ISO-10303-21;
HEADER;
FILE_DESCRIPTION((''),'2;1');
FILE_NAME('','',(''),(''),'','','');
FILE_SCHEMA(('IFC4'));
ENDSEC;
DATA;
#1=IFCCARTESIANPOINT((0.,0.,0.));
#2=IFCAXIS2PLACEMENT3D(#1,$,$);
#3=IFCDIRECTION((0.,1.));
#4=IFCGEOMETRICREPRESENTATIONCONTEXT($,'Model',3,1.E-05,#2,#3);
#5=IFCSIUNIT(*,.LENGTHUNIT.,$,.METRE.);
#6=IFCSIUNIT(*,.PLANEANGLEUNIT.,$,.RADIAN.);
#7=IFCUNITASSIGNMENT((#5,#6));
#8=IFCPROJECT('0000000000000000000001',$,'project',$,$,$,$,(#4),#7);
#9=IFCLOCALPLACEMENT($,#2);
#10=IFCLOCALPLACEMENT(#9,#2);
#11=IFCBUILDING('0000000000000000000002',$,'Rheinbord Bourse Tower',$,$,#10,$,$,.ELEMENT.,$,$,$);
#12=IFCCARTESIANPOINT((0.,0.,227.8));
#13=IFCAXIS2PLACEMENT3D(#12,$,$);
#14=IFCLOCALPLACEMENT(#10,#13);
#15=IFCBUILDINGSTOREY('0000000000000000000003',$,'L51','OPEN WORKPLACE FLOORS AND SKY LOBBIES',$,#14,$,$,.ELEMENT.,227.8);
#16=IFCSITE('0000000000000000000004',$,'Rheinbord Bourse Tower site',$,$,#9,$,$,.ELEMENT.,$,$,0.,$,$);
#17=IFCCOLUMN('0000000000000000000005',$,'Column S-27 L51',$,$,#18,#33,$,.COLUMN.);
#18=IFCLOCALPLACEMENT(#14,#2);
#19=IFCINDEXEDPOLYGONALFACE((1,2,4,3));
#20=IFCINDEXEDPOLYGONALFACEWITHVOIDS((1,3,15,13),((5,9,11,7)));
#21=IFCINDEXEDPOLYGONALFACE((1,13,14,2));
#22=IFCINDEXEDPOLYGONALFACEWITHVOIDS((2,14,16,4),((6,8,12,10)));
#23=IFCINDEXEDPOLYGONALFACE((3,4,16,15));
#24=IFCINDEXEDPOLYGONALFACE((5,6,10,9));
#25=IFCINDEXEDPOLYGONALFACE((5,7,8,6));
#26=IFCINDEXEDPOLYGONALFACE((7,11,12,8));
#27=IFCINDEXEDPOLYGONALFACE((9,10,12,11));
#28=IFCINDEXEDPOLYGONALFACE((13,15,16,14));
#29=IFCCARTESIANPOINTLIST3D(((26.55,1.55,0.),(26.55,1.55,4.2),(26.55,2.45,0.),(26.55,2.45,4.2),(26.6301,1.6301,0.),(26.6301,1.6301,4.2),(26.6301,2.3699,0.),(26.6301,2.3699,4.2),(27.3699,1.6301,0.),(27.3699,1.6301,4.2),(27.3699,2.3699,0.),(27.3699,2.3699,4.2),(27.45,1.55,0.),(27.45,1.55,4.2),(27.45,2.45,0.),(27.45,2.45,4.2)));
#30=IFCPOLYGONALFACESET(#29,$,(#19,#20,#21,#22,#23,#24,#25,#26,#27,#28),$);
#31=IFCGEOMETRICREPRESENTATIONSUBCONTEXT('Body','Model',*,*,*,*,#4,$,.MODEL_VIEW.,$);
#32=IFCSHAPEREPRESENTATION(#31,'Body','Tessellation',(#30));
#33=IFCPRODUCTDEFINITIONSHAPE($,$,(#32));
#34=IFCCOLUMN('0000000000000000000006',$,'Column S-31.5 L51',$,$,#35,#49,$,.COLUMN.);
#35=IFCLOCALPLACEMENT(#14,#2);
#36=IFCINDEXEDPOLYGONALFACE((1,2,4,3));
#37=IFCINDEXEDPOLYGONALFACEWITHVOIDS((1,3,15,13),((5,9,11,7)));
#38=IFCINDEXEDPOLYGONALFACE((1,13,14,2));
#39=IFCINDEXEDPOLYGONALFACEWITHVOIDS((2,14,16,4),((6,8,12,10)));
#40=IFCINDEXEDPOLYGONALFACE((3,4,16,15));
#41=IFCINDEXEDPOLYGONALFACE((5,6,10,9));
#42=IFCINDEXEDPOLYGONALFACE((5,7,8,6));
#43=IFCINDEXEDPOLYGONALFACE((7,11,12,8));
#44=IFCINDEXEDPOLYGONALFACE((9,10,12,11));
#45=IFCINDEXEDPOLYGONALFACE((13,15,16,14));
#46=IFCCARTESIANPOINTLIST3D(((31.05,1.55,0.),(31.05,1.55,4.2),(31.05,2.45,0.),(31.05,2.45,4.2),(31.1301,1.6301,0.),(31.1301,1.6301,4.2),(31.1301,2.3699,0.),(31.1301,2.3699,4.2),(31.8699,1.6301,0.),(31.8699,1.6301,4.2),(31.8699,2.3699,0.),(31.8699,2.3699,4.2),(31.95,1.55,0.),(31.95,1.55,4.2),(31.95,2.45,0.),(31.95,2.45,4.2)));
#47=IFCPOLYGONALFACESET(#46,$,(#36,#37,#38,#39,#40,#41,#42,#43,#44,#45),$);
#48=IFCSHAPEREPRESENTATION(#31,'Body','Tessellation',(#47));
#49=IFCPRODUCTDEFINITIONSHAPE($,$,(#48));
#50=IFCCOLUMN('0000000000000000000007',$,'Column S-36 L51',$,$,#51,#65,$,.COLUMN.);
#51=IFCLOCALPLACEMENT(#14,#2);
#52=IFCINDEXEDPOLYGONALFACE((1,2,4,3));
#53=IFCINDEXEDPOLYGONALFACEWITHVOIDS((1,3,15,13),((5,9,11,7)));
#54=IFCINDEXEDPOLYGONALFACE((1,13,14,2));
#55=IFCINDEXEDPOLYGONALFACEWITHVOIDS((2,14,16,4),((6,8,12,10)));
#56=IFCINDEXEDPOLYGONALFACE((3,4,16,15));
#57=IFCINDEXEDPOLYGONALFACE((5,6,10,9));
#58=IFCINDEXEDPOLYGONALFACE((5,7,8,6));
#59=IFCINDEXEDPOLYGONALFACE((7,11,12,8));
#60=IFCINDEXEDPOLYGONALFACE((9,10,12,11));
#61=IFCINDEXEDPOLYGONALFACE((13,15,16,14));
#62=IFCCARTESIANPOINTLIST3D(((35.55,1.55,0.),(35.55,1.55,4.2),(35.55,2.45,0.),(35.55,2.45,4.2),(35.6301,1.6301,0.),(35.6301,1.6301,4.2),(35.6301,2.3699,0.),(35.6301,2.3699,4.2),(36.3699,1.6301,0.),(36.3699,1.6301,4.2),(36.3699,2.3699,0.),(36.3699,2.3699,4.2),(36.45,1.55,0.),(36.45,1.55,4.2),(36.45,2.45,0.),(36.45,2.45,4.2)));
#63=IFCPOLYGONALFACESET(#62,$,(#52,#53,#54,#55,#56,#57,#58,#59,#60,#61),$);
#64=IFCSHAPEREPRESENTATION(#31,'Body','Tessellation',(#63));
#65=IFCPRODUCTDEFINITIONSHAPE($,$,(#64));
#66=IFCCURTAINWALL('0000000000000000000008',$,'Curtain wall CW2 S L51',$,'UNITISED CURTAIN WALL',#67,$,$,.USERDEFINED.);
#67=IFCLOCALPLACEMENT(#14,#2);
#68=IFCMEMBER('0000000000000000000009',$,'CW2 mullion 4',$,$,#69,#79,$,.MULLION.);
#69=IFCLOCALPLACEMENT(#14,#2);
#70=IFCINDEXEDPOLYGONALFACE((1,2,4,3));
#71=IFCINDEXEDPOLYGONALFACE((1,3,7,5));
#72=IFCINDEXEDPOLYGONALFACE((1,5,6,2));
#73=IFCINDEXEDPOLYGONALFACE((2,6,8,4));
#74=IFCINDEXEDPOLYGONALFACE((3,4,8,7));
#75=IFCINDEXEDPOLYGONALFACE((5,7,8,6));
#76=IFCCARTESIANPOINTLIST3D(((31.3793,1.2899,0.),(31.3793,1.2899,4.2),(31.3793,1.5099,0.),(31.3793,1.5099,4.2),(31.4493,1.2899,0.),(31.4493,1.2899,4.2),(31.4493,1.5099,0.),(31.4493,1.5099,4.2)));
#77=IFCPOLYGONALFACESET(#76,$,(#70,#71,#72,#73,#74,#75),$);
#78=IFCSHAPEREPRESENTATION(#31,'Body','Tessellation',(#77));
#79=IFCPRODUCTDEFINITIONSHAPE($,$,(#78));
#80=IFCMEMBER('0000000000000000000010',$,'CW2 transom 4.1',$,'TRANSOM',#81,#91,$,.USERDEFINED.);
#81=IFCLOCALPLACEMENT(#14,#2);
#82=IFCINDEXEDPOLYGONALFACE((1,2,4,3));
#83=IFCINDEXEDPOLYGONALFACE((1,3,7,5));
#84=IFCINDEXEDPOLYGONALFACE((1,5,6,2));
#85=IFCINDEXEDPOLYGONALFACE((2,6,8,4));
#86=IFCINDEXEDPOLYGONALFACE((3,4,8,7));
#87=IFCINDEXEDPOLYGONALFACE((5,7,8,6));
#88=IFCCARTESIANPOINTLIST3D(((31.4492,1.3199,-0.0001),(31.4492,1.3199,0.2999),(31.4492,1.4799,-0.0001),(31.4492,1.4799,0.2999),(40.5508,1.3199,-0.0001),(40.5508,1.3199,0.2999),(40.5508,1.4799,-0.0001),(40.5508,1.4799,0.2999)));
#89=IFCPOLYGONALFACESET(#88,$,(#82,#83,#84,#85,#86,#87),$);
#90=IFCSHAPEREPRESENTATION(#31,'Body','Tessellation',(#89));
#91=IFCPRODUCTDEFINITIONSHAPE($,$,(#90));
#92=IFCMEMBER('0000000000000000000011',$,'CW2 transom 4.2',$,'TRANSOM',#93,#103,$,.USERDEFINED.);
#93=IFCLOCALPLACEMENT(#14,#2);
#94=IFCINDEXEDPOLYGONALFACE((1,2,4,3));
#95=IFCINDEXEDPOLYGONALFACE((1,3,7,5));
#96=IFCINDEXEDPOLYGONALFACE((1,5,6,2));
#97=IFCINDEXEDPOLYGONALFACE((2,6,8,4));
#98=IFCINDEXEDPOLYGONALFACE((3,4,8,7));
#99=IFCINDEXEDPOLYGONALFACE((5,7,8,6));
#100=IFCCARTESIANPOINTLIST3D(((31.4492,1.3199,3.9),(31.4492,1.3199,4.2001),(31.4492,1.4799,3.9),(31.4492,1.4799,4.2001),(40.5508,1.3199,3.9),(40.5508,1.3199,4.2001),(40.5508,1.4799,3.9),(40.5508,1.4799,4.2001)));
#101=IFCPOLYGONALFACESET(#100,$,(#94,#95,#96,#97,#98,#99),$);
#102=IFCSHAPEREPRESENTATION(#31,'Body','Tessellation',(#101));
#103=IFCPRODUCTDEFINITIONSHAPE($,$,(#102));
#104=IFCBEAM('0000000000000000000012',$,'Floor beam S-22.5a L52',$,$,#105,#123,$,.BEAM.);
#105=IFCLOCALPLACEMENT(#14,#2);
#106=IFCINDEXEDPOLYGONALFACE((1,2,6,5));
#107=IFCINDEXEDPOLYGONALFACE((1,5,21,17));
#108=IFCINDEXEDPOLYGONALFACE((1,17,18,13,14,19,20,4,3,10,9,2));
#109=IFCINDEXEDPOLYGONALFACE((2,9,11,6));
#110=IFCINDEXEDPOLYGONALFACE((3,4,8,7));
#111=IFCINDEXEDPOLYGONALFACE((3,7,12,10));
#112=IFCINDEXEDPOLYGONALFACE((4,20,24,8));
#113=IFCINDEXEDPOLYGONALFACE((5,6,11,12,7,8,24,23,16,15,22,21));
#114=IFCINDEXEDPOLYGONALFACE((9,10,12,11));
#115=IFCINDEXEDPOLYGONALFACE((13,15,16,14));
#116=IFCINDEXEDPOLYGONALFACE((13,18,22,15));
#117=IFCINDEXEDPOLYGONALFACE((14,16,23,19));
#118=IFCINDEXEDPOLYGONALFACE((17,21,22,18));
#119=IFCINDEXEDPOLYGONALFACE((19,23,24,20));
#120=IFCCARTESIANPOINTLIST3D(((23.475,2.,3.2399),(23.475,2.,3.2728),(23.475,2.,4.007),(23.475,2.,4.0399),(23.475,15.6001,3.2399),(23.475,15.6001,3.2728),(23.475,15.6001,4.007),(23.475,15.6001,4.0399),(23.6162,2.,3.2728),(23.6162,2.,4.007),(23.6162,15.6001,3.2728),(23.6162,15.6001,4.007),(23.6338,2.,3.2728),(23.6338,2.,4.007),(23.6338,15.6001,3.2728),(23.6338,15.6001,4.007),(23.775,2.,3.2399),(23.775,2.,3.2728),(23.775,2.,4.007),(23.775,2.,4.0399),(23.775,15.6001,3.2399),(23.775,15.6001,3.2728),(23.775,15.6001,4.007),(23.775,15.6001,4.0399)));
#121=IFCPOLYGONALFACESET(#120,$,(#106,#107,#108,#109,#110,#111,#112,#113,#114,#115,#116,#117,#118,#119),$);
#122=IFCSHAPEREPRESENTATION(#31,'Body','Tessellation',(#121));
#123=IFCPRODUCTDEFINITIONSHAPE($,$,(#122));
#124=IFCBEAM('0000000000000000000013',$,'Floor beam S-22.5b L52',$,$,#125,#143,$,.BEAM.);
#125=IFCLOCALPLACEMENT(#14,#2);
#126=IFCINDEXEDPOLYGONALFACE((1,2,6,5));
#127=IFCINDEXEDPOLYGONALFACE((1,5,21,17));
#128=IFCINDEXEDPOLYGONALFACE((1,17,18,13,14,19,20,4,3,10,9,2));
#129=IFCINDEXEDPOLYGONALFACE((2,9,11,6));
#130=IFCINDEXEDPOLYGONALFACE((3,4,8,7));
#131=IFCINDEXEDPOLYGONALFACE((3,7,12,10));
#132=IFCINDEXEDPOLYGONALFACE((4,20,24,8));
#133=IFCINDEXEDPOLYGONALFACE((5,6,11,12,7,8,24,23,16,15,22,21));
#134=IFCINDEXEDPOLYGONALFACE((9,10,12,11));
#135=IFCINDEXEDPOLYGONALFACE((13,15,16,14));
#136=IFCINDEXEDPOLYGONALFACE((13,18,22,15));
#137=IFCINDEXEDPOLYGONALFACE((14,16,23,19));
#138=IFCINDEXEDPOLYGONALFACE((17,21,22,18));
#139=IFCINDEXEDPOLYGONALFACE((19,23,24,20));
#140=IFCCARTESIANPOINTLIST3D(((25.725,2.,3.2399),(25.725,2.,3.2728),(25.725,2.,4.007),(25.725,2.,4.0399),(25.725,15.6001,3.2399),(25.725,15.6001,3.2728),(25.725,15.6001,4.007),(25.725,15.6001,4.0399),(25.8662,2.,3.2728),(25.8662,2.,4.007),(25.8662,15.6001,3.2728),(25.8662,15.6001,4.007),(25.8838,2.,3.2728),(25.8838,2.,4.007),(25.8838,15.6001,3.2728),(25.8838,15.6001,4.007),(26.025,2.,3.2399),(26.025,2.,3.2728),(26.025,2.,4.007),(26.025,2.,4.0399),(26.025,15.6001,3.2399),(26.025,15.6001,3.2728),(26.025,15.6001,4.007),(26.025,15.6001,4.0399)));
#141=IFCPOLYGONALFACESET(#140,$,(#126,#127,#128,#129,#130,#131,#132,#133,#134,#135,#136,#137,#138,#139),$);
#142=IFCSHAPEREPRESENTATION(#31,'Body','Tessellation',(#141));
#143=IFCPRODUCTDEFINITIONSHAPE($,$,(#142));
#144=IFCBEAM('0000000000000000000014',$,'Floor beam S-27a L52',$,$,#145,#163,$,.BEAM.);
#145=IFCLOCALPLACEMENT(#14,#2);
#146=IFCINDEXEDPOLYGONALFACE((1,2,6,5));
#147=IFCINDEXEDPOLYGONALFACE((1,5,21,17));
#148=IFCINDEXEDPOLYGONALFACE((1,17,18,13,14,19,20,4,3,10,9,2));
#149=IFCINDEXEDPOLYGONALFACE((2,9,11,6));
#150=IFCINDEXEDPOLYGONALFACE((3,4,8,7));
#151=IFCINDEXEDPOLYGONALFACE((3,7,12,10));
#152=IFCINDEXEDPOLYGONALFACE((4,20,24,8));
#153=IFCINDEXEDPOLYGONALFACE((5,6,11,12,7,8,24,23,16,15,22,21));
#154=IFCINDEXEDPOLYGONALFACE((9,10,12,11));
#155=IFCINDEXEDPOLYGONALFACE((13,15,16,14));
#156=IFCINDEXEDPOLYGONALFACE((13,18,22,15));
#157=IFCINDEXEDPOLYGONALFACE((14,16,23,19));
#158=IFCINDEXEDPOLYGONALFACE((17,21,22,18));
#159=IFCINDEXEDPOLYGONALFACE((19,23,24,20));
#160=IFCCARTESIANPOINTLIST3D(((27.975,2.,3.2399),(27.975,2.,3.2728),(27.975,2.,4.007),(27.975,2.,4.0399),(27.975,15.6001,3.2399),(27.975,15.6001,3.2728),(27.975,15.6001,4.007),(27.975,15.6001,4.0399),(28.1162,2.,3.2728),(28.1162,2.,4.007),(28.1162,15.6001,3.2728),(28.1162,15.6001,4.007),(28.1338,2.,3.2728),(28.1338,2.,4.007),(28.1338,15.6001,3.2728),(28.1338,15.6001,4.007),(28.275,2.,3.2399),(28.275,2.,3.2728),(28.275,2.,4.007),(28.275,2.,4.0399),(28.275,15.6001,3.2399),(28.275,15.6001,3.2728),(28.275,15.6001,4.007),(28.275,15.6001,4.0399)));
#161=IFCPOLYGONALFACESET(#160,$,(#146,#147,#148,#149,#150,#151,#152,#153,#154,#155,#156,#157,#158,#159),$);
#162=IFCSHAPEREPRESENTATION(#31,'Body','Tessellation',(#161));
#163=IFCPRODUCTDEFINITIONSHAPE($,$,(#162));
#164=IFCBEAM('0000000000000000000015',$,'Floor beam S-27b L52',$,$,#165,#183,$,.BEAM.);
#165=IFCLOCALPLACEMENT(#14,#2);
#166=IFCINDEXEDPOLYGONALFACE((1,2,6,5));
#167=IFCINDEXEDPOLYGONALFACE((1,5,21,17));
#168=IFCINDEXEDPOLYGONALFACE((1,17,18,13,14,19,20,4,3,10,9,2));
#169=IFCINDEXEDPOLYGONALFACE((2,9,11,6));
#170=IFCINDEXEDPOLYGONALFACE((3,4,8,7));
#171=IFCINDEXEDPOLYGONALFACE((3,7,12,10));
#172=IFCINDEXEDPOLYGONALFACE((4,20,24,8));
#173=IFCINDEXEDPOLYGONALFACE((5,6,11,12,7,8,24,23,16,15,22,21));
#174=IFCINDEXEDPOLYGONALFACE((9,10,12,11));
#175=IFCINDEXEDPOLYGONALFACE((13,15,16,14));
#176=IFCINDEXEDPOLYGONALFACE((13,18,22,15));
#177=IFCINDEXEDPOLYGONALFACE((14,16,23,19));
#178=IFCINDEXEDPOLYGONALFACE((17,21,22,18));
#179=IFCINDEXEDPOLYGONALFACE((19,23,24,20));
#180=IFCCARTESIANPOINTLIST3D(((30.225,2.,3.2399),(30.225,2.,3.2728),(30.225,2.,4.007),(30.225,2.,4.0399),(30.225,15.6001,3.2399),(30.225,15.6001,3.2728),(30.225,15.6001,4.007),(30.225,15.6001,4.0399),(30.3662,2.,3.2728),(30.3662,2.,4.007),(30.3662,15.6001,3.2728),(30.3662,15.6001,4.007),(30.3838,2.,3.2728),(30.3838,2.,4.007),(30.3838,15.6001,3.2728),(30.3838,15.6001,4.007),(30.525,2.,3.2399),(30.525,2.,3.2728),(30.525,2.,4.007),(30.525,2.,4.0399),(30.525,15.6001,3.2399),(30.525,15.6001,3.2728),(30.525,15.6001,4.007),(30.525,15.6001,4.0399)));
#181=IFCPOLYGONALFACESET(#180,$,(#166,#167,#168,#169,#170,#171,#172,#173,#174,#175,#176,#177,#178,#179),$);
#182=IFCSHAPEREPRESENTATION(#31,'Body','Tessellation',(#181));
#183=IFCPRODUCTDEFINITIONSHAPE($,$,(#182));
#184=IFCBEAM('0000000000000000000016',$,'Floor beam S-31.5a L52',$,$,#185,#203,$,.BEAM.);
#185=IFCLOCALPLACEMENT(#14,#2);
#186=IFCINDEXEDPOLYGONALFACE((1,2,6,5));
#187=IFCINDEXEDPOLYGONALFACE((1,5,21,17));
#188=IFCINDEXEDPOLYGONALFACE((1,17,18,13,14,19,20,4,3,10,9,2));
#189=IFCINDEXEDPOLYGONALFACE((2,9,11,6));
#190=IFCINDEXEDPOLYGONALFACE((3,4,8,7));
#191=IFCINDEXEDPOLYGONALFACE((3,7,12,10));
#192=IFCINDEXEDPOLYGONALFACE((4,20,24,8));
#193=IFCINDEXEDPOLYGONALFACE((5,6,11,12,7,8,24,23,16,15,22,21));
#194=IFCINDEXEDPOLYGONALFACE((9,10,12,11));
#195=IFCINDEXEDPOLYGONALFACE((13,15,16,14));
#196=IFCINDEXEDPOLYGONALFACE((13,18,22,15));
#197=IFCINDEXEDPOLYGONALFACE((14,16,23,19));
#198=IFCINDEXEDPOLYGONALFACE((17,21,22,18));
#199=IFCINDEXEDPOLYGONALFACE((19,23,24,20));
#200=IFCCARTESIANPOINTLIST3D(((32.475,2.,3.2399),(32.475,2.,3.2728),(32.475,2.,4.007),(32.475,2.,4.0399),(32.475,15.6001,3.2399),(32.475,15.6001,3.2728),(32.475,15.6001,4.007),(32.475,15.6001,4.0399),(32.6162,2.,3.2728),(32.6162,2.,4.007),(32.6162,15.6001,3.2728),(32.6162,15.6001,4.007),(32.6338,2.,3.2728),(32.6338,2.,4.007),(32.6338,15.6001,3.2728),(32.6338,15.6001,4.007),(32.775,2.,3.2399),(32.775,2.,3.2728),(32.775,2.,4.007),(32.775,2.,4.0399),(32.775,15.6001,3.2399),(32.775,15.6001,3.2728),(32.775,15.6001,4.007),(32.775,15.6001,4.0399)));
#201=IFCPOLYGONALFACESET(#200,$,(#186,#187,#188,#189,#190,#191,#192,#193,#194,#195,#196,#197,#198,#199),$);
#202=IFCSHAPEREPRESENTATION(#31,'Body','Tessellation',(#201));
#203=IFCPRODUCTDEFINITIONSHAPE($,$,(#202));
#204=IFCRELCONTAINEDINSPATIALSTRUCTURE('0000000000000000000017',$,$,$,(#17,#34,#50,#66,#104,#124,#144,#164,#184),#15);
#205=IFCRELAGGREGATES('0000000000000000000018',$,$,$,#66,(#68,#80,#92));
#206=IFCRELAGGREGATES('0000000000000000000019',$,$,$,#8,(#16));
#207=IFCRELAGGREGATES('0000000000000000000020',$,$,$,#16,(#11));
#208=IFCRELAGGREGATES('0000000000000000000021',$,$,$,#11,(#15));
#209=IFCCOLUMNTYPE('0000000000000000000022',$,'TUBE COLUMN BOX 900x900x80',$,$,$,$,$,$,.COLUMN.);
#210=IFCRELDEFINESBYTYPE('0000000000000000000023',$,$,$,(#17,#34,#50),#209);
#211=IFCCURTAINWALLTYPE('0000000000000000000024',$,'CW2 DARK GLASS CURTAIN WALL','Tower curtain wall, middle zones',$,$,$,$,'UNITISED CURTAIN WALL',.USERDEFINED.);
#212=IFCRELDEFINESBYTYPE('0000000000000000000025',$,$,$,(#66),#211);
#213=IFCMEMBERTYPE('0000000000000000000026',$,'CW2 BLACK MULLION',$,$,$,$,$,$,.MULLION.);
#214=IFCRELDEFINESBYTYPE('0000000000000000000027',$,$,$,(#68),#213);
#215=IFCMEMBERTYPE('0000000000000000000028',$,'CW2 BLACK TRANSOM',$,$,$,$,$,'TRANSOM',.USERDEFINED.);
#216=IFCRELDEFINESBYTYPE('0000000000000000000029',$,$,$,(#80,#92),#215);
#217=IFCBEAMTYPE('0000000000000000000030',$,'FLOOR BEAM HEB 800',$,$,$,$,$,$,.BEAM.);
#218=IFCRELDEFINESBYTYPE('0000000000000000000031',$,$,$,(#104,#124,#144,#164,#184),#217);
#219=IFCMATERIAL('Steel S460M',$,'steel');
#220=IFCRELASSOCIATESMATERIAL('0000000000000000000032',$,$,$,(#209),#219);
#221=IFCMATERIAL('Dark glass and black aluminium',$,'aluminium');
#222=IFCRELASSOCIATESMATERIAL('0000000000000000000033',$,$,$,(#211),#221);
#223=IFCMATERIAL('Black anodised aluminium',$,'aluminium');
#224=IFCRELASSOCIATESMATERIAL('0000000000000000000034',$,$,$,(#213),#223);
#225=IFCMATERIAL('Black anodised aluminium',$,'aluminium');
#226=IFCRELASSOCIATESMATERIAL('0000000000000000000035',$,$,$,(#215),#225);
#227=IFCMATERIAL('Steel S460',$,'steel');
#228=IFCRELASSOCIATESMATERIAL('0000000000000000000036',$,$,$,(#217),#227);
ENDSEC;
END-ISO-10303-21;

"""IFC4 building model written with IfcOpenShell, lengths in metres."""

from ifc_helpers import new_model, si_unit, direction, frame, origin, origin_2d, place, context, subcontext, project, spatial, rectangle, hollow_rectangle, i_section, extrude, material, material_profile, profile_set, type_object, element, aggregate, save


model = new_model("IFC4")

# Units and contexts
model_context = context("Model", 3, precision=1e-05, world=origin(), true_north=direction((0.0, 1.0)))
body_context = subcontext(model_context, "Body", "Model", "MODEL_VIEW")
ifc_project = project(units=[si_unit("LENGTHUNIT", "METRE"), si_unit("PLANEANGLEUNIT", "RADIAN")], contexts=[model_context])

# Site, building, storey
site_placement = place(None, origin())
site = spatial("IfcSite", under=ifc_project, at=site_placement, Name="Rheinbord Bourse Tower site", CompositionType="ELEMENT", RefElevation=0.0)
building_placement = place(site_placement, origin())
building = spatial("IfcBuilding", under=site, at=building_placement, Name="Rheinbord Bourse Tower", CompositionType="ELEMENT")
storey_placement = place(building_placement, frame((0.0, 0.0, 227.8)))
storey = spatial("IfcBuildingStorey", under=building, at=storey_placement, Name="L51", Description="OPEN WORKPLACE FLOORS AND SKY LOBBIES", CompositionType="ELEMENT", Elevation=227.8)

# Columns
ifc_material_1 = material(Name="Steel S460M", Category="steel")
ifc_material_profile_1 = material_profile(ifc_material_1, hollow_rectangle(XDim=0.8999, YDim=0.8999, WallThickness=0.0801, at=origin_2d()), Name="BOX 900x900x80")
ifc_profile_set_1 = profile_set([ifc_material_profile_1], Name="Steel S460M")
column_type = type_object("IfcColumnType", Name="TUBE COLUMN BOX 900x900x80", PredefinedType="COLUMN", material=ifc_profile_set_1)
for number, where, z_axis, x_axis, name in (
    (1, (27.0, 2.0, 0.0), (0.0, 0.0, 1.0), (0.0, 1.0, 0.0), "Column S-27 L51"),
    (2, (31.5, 2.0, 0.0), (0.0, 0.0, 1.0), (0.0, 1.0, 0.0), "Column S-31.5 L51"),
    (3, (36.0, 2.0, 0.0), (0.0, 0.0, 1.0), (0.0, 1.0, 0.0), "Column S-36 L51"),
):
    element("IfcColumn", number, at=place(storey_placement, frame(where, z_axis=z_axis, x_axis=x_axis)), inside=storey, type_object=column_type, Name=name, PredefinedType="COLUMN", context=body_context, shape_type="SweptSolid", body=[
        extrude(hollow_rectangle(XDim=0.8999, YDim=0.8999, WallThickness=0.0801, at=origin_2d()), origin(), (0.0, 0.0, 1.0), 4.2),
    ])

# Curtain wall, members
ifc_material_2 = material(Name="Dark glass and black aluminium", Category="aluminium")
curtain_wall_type = type_object("IfcCurtainWallType", Name="CW2 DARK GLASS CURTAIN WALL", Description="Tower curtain wall, middle zones", ElementType="UNITISED CURTAIN WALL", PredefinedType="USERDEFINED", material=ifc_material_2)
curtain_wall_placement = place(storey_placement, origin())
curtain_wall = element("IfcCurtainWall", 4, at=curtain_wall_placement, inside=storey, type_object=curtain_wall_type, Name="Curtain wall CW2 S L51", ObjectType="UNITISED CURTAIN WALL", PredefinedType="USERDEFINED")
ifc_material_3 = material(Name="Black anodised aluminium", Category="aluminium")
ifc_material_profile_2 = material_profile(ifc_material_3, rectangle(XDim=0.22, YDim=0.0701, at=origin_2d()), Name="CW2 MULLION 70x220")
ifc_profile_set_2 = profile_set([ifc_material_profile_2], Name="Black anodised aluminium")
member_type_1 = type_object("IfcMemberType", Name="CW2 BLACK MULLION", PredefinedType="MULLION", material=ifc_profile_set_2)
member_1_placement = place(storey_placement, frame((31.4143, 1.3999, 0.0), z_axis=(0.0, 0.0, 1.0), x_axis=(0.0, 1.0, 0.0)))
member_1 = element("IfcMember", 5, at=member_1_placement, type_object=member_type_1, Name="CW2 mullion 4", PredefinedType="MULLION", context=body_context, shape_type="SweptSolid", body=[
    extrude(rectangle(XDim=0.22, YDim=0.0701, at=origin_2d()), origin(), (0.0, 0.0, 1.0), 4.2),
])
ifc_material_4 = material(Name="Black anodised aluminium", Category="aluminium")
ifc_material_profile_3 = material_profile(ifc_material_4, rectangle(XDim=0.1599, YDim=0.3, at=origin_2d()), Name="CW2 TRANSOM 300x160")
ifc_profile_set_3 = profile_set([ifc_material_profile_3], Name="Black anodised aluminium")
member_type_2 = type_object("IfcMemberType", Name="CW2 BLACK TRANSOM", ElementType="TRANSOM", PredefinedType="USERDEFINED", material=ifc_profile_set_3)
member_2_placement = place(storey_placement, frame((31.4492, 1.3999, 0.1499), z_axis=(1.0, 0.0, 0.0), x_axis=(0.0, 1.0, 0.0)))
member_2 = element("IfcMember", 6, at=member_2_placement, type_object=member_type_2, Name="CW2 transom 4.1", ObjectType="TRANSOM", PredefinedType="USERDEFINED", context=body_context, shape_type="SweptSolid", body=[
    extrude(rectangle(XDim=0.1599, YDim=0.3, at=origin_2d()), origin(), (0.0, 0.0, 1.0), 9.1016),
])
member_3_placement = place(storey_placement, frame((31.4492, 1.3999, 4.05), z_axis=(1.0, 0.0, 0.0), x_axis=(0.0, 1.0, 0.0)))
member_3 = element("IfcMember", 7, at=member_3_placement, type_object=member_type_2, Name="CW2 transom 4.2", ObjectType="TRANSOM", PredefinedType="USERDEFINED", context=body_context, shape_type="SweptSolid", body=[
    extrude(rectangle(XDim=0.1599, YDim=0.3, at=origin_2d()), origin(), (0.0, 0.0, 1.0), 9.1016),
])

# Beams
ifc_material_5 = material(Name="Steel S460", Category="steel")
ifc_material_profile_4 = material_profile(ifc_material_5, i_section(OverallWidth=0.3, OverallDepth=0.8, WebThickness=0.0176, FlangeThickness=0.033, at=origin_2d()), Name="HEB 800")
ifc_profile_set_4 = profile_set([ifc_material_profile_4], Name="Steel S460")
beam_type_1 = type_object("IfcBeamType", Name="FLOOR BEAM HEB 800", PredefinedType="BEAM", material=ifc_profile_set_4)
for number, where, z_axis, x_axis, name in (
    (8, (23.625, 2.0, 3.6399), (0.0, 1.0, 0.0), (-1.0, 0.0, 0.0), "Floor beam S-22.5a L52"),
    (9, (25.875, 2.0, 3.6399), (0.0, 1.0, 0.0), (-1.0, 0.0, 0.0), "Floor beam S-22.5b L52"),
    (10, (28.125, 2.0, 3.6399), (0.0, 1.0, 0.0), (-1.0, 0.0, 0.0), "Floor beam S-27a L52"),
    (11, (30.375, 2.0, 3.6399), (0.0, 1.0, 0.0), (-1.0, 0.0, 0.0), "Floor beam S-27b L52"),
    (12, (32.625, 2.0, 3.6399), (0.0, 1.0, 0.0), (-1.0, 0.0, 0.0), "Floor beam S-31.5a L52"),
):
    element("IfcBeam", number, at=place(storey_placement, frame(where, z_axis=z_axis, x_axis=x_axis)), inside=storey, type_object=beam_type_1, Name=name, PredefinedType="BEAM", context=body_context, shape_type="SweptSolid", body=[
        extrude(i_section(OverallWidth=0.3, OverallDepth=0.8, WebThickness=0.0176, FlangeThickness=0.033, at=origin_2d()), origin(), (0.0, 0.0, 1.0), 13.6001),
    ])

aggregate(curtain_wall, [member_1, member_2, member_3])

save(model, "model.ifc")
